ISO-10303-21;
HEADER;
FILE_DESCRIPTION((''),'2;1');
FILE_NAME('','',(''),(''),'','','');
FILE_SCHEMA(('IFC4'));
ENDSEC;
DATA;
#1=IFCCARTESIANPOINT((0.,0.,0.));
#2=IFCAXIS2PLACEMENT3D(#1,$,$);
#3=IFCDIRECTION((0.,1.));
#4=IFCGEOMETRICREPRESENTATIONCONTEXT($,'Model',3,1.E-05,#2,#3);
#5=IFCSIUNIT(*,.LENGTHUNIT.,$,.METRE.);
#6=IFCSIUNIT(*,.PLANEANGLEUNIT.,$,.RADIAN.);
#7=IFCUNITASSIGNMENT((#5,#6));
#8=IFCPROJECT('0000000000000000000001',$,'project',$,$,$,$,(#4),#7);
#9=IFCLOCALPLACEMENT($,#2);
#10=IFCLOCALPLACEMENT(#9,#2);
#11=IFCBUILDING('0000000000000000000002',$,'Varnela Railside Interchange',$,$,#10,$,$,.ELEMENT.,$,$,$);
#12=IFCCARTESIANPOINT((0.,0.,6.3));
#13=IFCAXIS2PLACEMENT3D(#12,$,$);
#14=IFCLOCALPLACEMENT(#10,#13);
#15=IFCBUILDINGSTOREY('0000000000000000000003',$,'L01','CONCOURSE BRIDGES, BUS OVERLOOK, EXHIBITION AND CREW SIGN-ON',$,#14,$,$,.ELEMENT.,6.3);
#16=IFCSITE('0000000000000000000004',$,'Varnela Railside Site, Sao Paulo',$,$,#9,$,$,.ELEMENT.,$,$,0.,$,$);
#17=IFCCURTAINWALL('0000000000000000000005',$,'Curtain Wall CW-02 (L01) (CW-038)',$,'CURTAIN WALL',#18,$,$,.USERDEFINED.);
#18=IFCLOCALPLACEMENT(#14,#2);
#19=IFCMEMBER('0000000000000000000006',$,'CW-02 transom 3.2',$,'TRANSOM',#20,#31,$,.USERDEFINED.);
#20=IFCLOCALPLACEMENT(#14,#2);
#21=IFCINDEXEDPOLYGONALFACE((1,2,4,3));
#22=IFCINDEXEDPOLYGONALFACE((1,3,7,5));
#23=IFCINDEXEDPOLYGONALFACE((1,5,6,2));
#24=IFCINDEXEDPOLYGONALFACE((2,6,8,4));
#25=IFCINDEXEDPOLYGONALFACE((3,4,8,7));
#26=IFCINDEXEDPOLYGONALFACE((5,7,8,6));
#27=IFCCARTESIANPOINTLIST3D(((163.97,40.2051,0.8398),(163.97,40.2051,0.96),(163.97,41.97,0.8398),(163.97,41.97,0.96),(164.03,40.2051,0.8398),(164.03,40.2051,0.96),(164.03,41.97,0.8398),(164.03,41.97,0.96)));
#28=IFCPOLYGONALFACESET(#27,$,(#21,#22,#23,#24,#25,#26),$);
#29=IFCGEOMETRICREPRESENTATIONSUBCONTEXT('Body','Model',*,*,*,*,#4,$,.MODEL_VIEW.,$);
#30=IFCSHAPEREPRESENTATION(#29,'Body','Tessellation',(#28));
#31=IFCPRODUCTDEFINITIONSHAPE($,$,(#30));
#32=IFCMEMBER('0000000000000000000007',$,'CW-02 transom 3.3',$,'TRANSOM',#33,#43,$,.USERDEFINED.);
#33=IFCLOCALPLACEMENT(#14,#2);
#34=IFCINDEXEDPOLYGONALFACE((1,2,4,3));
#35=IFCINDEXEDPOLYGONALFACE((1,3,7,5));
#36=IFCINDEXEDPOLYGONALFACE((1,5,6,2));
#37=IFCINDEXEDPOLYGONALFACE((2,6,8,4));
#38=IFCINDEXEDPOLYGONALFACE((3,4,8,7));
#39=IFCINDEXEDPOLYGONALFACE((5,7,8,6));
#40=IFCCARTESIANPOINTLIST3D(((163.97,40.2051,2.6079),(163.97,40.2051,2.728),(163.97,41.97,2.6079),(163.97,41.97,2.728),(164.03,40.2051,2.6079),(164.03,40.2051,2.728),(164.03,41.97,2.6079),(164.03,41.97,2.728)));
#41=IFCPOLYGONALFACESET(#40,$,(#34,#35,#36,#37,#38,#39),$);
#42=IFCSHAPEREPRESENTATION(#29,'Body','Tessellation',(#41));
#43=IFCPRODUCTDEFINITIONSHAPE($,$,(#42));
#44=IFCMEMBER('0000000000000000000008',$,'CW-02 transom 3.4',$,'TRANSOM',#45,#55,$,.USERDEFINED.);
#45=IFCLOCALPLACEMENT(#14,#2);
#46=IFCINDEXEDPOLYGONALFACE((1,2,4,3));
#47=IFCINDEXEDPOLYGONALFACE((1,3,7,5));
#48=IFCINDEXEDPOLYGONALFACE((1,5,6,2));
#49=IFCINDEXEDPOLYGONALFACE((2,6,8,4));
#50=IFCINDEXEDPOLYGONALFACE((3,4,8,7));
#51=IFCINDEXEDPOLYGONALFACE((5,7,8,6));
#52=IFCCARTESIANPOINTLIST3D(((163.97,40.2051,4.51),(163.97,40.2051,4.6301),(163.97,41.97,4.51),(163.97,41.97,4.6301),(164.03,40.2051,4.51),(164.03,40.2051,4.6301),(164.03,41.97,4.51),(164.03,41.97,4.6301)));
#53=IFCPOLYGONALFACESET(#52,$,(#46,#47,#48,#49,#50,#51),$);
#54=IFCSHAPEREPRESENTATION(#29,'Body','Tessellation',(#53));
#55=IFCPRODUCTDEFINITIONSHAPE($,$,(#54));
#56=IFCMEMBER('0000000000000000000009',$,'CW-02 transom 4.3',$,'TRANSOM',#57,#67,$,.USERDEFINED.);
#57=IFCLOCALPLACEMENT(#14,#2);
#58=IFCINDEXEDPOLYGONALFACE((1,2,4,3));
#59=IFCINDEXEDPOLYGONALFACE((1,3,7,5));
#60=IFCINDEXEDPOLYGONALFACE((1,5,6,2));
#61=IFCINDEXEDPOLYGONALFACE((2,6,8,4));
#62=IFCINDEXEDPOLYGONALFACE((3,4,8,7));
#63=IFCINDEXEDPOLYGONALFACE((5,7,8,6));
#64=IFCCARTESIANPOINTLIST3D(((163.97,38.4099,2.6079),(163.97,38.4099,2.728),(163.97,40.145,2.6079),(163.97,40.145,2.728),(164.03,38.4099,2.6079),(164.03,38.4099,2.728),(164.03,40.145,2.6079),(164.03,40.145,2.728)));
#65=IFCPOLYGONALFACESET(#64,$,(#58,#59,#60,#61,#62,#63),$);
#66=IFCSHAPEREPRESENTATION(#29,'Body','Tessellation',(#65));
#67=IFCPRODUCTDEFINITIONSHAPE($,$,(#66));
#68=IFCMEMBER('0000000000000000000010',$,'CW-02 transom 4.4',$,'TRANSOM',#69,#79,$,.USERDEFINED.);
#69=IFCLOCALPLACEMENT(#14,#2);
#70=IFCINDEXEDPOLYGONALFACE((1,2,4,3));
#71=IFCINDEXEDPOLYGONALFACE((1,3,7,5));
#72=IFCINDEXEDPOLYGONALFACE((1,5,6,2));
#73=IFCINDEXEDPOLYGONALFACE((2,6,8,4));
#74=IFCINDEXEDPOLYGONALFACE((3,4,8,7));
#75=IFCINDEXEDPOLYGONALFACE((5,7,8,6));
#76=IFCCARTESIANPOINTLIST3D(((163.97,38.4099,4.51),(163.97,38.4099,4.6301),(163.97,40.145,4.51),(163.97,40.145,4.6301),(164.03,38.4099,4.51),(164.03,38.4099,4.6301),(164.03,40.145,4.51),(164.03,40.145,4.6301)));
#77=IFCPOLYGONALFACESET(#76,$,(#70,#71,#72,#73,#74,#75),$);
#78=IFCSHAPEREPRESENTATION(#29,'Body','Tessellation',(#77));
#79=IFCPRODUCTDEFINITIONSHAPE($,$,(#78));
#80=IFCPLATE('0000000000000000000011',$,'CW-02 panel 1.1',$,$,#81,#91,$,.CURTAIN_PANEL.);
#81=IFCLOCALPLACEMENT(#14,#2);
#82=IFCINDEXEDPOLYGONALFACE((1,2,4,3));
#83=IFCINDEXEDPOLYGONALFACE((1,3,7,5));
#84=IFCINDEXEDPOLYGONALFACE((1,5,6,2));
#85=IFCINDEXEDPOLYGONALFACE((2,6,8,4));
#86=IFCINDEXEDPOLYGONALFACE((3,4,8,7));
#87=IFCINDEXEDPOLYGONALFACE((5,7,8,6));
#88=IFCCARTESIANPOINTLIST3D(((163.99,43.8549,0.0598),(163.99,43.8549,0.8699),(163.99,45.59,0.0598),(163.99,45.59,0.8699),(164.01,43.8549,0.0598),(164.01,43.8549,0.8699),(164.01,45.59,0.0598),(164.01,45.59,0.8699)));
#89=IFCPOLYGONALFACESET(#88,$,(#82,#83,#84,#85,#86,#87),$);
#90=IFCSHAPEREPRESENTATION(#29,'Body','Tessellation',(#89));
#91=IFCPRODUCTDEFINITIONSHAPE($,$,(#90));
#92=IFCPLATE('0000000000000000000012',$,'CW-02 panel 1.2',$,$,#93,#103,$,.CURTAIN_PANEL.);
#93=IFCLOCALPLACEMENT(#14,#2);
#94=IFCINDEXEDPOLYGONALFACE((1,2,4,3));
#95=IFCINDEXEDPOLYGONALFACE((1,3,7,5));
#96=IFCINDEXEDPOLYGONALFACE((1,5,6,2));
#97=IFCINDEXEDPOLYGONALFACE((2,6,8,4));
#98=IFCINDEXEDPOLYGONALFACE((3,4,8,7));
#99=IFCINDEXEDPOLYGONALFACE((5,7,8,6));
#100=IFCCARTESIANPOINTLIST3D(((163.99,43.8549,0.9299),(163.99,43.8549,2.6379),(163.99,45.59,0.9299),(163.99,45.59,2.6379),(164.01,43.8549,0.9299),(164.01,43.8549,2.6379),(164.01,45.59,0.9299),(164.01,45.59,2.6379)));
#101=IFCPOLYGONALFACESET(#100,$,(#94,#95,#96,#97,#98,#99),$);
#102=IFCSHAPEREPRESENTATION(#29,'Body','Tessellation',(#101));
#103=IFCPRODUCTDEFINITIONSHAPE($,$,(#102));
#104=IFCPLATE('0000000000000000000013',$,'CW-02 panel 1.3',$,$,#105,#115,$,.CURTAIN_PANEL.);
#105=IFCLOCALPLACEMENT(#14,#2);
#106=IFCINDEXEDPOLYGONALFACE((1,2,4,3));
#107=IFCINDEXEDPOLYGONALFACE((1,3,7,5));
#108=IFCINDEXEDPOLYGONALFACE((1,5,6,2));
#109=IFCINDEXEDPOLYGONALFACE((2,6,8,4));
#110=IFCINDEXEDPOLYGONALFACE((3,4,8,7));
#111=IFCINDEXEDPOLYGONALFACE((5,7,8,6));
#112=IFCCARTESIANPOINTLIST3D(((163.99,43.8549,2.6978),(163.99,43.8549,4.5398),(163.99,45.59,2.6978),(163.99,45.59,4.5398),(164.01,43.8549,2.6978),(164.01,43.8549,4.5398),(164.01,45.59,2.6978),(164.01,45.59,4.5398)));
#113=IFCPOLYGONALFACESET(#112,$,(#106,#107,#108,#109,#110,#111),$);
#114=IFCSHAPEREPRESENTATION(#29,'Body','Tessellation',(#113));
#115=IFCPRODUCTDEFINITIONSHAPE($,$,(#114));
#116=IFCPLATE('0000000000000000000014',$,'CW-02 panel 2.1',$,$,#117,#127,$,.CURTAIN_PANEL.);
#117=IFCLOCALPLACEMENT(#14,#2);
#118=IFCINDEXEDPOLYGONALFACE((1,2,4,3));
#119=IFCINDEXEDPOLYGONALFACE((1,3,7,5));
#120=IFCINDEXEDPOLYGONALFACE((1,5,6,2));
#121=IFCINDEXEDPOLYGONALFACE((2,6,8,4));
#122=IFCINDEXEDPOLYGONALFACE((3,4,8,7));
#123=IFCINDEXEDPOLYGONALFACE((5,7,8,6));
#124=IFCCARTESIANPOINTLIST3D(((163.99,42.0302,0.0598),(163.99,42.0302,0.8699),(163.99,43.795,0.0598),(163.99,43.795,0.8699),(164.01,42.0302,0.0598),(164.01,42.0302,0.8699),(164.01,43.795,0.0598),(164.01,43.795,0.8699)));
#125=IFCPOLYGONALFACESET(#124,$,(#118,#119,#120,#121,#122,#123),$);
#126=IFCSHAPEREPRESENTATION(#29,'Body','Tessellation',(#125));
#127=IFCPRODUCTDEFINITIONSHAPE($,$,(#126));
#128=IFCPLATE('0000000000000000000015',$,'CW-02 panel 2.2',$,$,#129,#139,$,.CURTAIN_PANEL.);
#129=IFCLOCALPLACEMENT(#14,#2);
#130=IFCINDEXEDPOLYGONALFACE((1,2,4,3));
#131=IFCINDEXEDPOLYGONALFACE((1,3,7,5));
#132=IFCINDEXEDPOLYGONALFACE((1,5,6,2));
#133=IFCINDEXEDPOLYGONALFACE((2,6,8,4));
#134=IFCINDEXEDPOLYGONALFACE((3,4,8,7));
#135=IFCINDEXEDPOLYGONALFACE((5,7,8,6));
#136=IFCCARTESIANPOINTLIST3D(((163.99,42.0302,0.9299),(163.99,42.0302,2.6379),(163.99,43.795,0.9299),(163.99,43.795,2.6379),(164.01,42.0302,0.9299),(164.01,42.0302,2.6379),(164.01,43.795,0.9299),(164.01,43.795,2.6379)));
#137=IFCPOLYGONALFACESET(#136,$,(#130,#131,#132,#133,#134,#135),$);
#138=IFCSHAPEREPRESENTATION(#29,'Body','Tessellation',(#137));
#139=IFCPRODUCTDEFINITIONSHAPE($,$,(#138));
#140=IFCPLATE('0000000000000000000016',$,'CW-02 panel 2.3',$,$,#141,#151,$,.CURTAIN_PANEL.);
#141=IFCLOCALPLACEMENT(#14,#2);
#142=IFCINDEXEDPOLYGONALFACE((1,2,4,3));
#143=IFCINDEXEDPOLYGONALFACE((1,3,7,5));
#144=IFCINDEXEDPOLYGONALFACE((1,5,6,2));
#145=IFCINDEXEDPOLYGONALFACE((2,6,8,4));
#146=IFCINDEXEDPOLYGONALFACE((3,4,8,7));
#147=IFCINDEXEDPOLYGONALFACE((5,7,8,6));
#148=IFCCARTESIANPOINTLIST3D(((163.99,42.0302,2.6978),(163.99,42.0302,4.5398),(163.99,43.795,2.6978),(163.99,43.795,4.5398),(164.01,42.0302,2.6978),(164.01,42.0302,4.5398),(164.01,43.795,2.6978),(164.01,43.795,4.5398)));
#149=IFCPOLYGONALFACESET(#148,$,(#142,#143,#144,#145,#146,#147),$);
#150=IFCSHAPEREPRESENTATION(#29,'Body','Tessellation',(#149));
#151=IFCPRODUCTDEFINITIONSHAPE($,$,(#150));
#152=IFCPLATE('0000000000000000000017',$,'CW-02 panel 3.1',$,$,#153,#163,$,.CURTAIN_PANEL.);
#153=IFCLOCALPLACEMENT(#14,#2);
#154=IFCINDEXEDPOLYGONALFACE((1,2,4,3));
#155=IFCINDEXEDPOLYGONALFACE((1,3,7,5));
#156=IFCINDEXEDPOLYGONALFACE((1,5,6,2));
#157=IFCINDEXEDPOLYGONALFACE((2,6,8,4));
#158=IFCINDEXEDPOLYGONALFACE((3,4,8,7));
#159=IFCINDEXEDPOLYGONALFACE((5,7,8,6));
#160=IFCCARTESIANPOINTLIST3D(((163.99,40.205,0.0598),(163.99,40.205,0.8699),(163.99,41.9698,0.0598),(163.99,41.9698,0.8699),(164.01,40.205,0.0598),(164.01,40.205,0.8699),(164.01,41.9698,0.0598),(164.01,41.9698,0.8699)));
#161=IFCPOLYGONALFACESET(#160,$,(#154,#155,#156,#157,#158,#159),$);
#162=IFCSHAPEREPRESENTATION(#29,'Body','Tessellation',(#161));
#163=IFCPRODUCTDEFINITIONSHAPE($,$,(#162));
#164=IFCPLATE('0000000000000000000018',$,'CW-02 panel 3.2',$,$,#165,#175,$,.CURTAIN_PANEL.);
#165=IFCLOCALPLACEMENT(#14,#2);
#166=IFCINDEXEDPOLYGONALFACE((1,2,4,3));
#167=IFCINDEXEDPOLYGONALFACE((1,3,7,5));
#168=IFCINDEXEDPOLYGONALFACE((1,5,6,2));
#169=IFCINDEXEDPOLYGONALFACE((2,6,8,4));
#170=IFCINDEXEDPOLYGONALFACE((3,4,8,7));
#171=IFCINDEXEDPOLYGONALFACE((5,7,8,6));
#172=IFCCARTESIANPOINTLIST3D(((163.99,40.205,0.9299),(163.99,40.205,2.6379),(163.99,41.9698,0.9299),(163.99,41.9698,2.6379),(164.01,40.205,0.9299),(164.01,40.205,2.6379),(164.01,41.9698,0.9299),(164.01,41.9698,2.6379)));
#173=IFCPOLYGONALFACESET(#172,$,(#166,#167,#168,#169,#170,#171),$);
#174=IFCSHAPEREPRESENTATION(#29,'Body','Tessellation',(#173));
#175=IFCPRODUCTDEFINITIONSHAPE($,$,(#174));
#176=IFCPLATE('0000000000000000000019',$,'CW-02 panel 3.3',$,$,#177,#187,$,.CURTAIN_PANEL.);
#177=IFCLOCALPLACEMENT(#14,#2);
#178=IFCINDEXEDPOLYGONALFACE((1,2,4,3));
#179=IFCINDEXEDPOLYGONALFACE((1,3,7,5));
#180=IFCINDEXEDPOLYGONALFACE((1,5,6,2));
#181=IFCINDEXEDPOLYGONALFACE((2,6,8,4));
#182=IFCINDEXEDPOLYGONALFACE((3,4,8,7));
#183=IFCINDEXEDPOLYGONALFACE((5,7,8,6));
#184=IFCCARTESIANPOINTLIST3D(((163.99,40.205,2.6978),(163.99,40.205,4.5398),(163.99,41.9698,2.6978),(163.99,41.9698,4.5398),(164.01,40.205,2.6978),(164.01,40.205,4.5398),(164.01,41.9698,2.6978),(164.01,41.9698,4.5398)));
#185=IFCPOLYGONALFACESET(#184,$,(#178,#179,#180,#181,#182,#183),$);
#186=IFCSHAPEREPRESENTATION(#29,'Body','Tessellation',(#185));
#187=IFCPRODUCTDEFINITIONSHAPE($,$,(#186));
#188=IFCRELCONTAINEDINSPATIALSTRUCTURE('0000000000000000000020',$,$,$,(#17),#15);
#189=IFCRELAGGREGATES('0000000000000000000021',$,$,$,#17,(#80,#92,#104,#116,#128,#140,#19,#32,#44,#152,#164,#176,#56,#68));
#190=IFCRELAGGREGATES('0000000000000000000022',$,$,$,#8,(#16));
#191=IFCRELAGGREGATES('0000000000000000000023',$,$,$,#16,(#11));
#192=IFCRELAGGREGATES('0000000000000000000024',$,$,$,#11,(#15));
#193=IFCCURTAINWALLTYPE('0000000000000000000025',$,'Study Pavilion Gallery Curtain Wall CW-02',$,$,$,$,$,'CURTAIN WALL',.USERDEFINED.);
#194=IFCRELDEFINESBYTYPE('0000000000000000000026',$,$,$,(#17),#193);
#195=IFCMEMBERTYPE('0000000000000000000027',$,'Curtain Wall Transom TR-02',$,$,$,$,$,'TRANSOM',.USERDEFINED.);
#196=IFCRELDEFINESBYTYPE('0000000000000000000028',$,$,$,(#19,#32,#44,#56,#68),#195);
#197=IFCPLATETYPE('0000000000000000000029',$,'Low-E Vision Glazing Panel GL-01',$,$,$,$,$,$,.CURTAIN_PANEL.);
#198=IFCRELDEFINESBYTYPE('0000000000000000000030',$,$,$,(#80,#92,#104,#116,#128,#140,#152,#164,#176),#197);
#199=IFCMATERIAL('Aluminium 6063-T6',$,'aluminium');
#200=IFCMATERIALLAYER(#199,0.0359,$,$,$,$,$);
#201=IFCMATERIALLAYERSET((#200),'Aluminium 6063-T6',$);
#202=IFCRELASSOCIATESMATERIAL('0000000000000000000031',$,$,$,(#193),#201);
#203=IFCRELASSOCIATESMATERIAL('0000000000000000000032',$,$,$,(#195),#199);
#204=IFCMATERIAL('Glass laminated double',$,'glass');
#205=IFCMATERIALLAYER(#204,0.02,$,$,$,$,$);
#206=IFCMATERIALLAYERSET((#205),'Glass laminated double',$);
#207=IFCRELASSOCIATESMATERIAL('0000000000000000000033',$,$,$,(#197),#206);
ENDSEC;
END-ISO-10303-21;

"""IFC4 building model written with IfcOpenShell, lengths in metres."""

from ifc_helpers import new_model, si_unit, direction, frame, origin, origin_2d, place, context, subcontext, project, spatial, rectangle, extrude, material, layer, layer_set, material_profile, profile_set, type_object, element, aggregate, save


model = new_model("IFC4")

# Units and contexts
model_context = context("Model", 3, precision=1e-05, world=origin(), true_north=direction((0.0, 1.0)))
body_context = subcontext(model_context, "Body", "Model", "MODEL_VIEW")
ifc_project = project(units=[si_unit("LENGTHUNIT", "METRE"), si_unit("PLANEANGLEUNIT", "RADIAN")], contexts=[model_context])

# Site, building, storey
site_placement = place(None, origin())
site = spatial("IfcSite", under=ifc_project, at=site_placement, Name="Varnela Railside Site, Sao Paulo", CompositionType="ELEMENT", RefElevation=0.0)
building_placement = place(site_placement, origin())
building = spatial("IfcBuilding", under=site, at=building_placement, Name="Varnela Railside Interchange", CompositionType="ELEMENT")
storey_placement = place(building_placement, frame((0.0, 0.0, 6.3)))
storey = spatial("IfcBuildingStorey", under=building, at=storey_placement, Name="L01", Description="CONCOURSE BRIDGES, BUS OVERLOOK, EXHIBITION AND CREW SIGN-ON", CompositionType="ELEMENT", Elevation=6.3)

# Curtain wall, members, plates
ifc_material_1 = material(Name="Aluminium 6063-T6", Category="aluminium")
ifc_layer_1 = layer(ifc_material_1, 0.0359)
ifc_layer_set_1 = layer_set([ifc_layer_1], Name="Aluminium 6063-T6")
curtain_wall_type = type_object("IfcCurtainWallType", Name="Study Pavilion Gallery Curtain Wall CW-02", ElementType="CURTAIN WALL", PredefinedType="USERDEFINED", material=ifc_layer_set_1)
curtain_wall_placement = place(storey_placement, origin())
curtain_wall = element("IfcCurtainWall", 1, at=curtain_wall_placement, inside=storey, type_object=curtain_wall_type, Name="Curtain Wall CW-02 (L01) (CW-038)", ObjectType="CURTAIN WALL", PredefinedType="USERDEFINED")
ifc_material_profile_1 = material_profile(ifc_material_1, rectangle(XDim=0.0601, YDim=0.1201, at=origin_2d()), Name="ALU 60x120")
ifc_profile_set_1 = profile_set([ifc_material_profile_1], Name="Aluminium 6063-T6")
member_type_1 = type_object("IfcMemberType", Name="Curtain Wall Transom TR-02", ElementType="TRANSOM", PredefinedType="USERDEFINED", material=ifc_profile_set_1)
member_1_placement = place(storey_placement, frame((164.0, 41.97, 0.8999), z_axis=(0.0, -1.0, 0.0), x_axis=(1.0, 0.0, 0.0)))
member_1 = element("IfcMember", 2, at=member_1_placement, type_object=member_type_1, Name="CW-02 transom 3.2", ObjectType="TRANSOM", PredefinedType="USERDEFINED", context=body_context, shape_type="SweptSolid", body=[
    extrude(rectangle(XDim=0.0601, YDim=0.1201, at=origin_2d()), origin(), (0.0, 0.0, 1.0), 1.7649),
])
member_2_placement = place(storey_placement, frame((164.0, 41.97, 2.668), z_axis=(0.0, -1.0, 0.0), x_axis=(1.0, 0.0, 0.0)))
member_2 = element("IfcMember", 3, at=member_2_placement, type_object=member_type_1, Name="CW-02 transom 3.3", ObjectType="TRANSOM", PredefinedType="USERDEFINED", context=body_context, shape_type="SweptSolid", body=[
    extrude(rectangle(XDim=0.0601, YDim=0.1201, at=origin_2d()), origin(), (0.0, 0.0, 1.0), 1.7649),
])
member_3_placement = place(storey_placement, frame((164.0, 41.97, 4.5701), z_axis=(0.0, -1.0, 0.0), x_axis=(1.0, 0.0, 0.0)))
member_3 = element("IfcMember", 4, at=member_3_placement, type_object=member_type_1, Name="CW-02 transom 3.4", ObjectType="TRANSOM", PredefinedType="USERDEFINED", context=body_context, shape_type="SweptSolid", body=[
    extrude(rectangle(XDim=0.0601, YDim=0.1201, at=origin_2d()), origin(), (0.0, 0.0, 1.0), 1.7649),
])
member_4_placement = place(storey_placement, frame((164.0, 40.145, 2.668), z_axis=(0.0, -1.0, 0.0), x_axis=(1.0, 0.0, 0.0)))
member_4 = element("IfcMember", 5, at=member_4_placement, type_object=member_type_1, Name="CW-02 transom 4.3", ObjectType="TRANSOM", PredefinedType="USERDEFINED", context=body_context, shape_type="SweptSolid", body=[
    extrude(rectangle(XDim=0.0601, YDim=0.1201, at=origin_2d()), origin(), (0.0, 0.0, 1.0), 1.7351),
])
member_5_placement = place(storey_placement, frame((164.0, 40.145, 4.5701), z_axis=(0.0, -1.0, 0.0), x_axis=(1.0, 0.0, 0.0)))
member_5 = element("IfcMember", 6, at=member_5_placement, type_object=member_type_1, Name="CW-02 transom 4.4", ObjectType="TRANSOM", PredefinedType="USERDEFINED", context=body_context, shape_type="SweptSolid", body=[
    extrude(rectangle(XDim=0.0601, YDim=0.1201, at=origin_2d()), origin(), (0.0, 0.0, 1.0), 1.7351),
])
ifc_material_2 = material(Name="Glass laminated double", Category="glass")
ifc_layer_2 = layer(ifc_material_2, 0.02)
ifc_layer_set_2 = layer_set([ifc_layer_2], Name="Glass laminated double")
plate_type = type_object("IfcPlateType", Name="Low-E Vision Glazing Panel GL-01", PredefinedType="CURTAIN_PANEL", material=ifc_layer_set_2)
plate_1_placement = place(storey_placement, frame((164.0, 44.7224, 0.0598), z_axis=(0.0, 0.0, 1.0), x_axis=(0.0, -1.0, 0.0)))
plate_1 = element("IfcPlate", 7, at=plate_1_placement, type_object=plate_type, Name="CW-02 panel 1.1", PredefinedType="CURTAIN_PANEL", context=body_context, shape_type="SweptSolid", body=[
    extrude(rectangle(XDim=1.7351, YDim=0.02, at=origin_2d()), origin(), (0.0, 0.0, 1.0), 0.8101),
])
plate_2_placement = place(storey_placement, frame((164.0, 44.7224, 0.9299), z_axis=(0.0, 0.0, 1.0), x_axis=(0.0, -1.0, 0.0)))
plate_2 = element("IfcPlate", 8, at=plate_2_placement, type_object=plate_type, Name="CW-02 panel 1.2", PredefinedType="CURTAIN_PANEL", context=body_context, shape_type="SweptSolid", body=[
    extrude(rectangle(XDim=1.7351, YDim=0.02, at=origin_2d()), origin(), (0.0, 0.0, 1.0), 1.708),
])
plate_3_placement = place(storey_placement, frame((164.0, 44.7224, 2.6978), z_axis=(0.0, 0.0, 1.0), x_axis=(0.0, -1.0, 0.0)))
plate_3 = element("IfcPlate", 9, at=plate_3_placement, type_object=plate_type, Name="CW-02 panel 1.3", PredefinedType="CURTAIN_PANEL", context=body_context, shape_type="SweptSolid", body=[
    extrude(rectangle(XDim=1.7351, YDim=0.02, at=origin_2d()), origin(), (0.0, 0.0, 1.0), 1.842),
])
plate_4_placement = place(storey_placement, frame((164.0, 42.9126, 0.0598), z_axis=(0.0, 0.0, 1.0), x_axis=(0.0, -1.0, 0.0)))
plate_4 = element("IfcPlate", 10, at=plate_4_placement, type_object=plate_type, Name="CW-02 panel 2.1", PredefinedType="CURTAIN_PANEL", context=body_context, shape_type="SweptSolid", body=[
    extrude(rectangle(XDim=1.7649, YDim=0.02, at=origin_2d()), origin(), (0.0, 0.0, 1.0), 0.8101),
])
plate_5_placement = place(storey_placement, frame((164.0, 42.9126, 0.9299), z_axis=(0.0, 0.0, 1.0), x_axis=(0.0, -1.0, 0.0)))
plate_5 = element("IfcPlate", 11, at=plate_5_placement, type_object=plate_type, Name="CW-02 panel 2.2", PredefinedType="CURTAIN_PANEL", context=body_context, shape_type="SweptSolid", body=[
    extrude(rectangle(XDim=1.7649, YDim=0.02, at=origin_2d()), origin(), (0.0, 0.0, 1.0), 1.708),
])
plate_6_placement = place(storey_placement, frame((164.0, 42.9126, 2.6978), z_axis=(0.0, 0.0, 1.0), x_axis=(0.0, -1.0, 0.0)))
plate_6 = element("IfcPlate", 12, at=plate_6_placement, type_object=plate_type, Name="CW-02 panel 2.3", PredefinedType="CURTAIN_PANEL", context=body_context, shape_type="SweptSolid", body=[
    extrude(rectangle(XDim=1.7649, YDim=0.02, at=origin_2d()), origin(), (0.0, 0.0, 1.0), 1.842),
])
plate_7_placement = place(storey_placement, frame((164.0, 41.0874, 0.0598), z_axis=(0.0, 0.0, 1.0), x_axis=(0.0, -1.0, 0.0)))
plate_7 = element("IfcPlate", 13, at=plate_7_placement, type_object=plate_type, Name="CW-02 panel 3.1", PredefinedType="CURTAIN_PANEL", context=body_context, shape_type="SweptSolid", body=[
    extrude(rectangle(XDim=1.7649, YDim=0.02, at=origin_2d()), origin(), (0.0, 0.0, 1.0), 0.8101),
])
plate_8_placement = place(storey_placement, frame((164.0, 41.0874, 0.9299), z_axis=(0.0, 0.0, 1.0), x_axis=(0.0, -1.0, 0.0)))
plate_8 = element("IfcPlate", 14, at=plate_8_placement, type_object=plate_type, Name="CW-02 panel 3.2", PredefinedType="CURTAIN_PANEL", context=body_context, shape_type="SweptSolid", body=[
    extrude(rectangle(XDim=1.7649, YDim=0.02, at=origin_2d()), origin(), (0.0, 0.0, 1.0), 1.708),
])
plate_9_placement = place(storey_placement, frame((164.0, 41.0874, 2.6978), z_axis=(0.0, 0.0, 1.0), x_axis=(0.0, -1.0, 0.0)))
plate_9 = element("IfcPlate", 15, at=plate_9_placement, type_object=plate_type, Name="CW-02 panel 3.3", PredefinedType="CURTAIN_PANEL", context=body_context, shape_type="SweptSolid", body=[
    extrude(rectangle(XDim=1.7649, YDim=0.02, at=origin_2d()), origin(), (0.0, 0.0, 1.0), 1.842),
])
aggregate(curtain_wall, [plate_1, plate_2, plate_3, plate_4, plate_5, plate_6, member_1, member_2, member_3, plate_7, plate_8, plate_9, member_4, member_5])

save(model, "model.ifc")
